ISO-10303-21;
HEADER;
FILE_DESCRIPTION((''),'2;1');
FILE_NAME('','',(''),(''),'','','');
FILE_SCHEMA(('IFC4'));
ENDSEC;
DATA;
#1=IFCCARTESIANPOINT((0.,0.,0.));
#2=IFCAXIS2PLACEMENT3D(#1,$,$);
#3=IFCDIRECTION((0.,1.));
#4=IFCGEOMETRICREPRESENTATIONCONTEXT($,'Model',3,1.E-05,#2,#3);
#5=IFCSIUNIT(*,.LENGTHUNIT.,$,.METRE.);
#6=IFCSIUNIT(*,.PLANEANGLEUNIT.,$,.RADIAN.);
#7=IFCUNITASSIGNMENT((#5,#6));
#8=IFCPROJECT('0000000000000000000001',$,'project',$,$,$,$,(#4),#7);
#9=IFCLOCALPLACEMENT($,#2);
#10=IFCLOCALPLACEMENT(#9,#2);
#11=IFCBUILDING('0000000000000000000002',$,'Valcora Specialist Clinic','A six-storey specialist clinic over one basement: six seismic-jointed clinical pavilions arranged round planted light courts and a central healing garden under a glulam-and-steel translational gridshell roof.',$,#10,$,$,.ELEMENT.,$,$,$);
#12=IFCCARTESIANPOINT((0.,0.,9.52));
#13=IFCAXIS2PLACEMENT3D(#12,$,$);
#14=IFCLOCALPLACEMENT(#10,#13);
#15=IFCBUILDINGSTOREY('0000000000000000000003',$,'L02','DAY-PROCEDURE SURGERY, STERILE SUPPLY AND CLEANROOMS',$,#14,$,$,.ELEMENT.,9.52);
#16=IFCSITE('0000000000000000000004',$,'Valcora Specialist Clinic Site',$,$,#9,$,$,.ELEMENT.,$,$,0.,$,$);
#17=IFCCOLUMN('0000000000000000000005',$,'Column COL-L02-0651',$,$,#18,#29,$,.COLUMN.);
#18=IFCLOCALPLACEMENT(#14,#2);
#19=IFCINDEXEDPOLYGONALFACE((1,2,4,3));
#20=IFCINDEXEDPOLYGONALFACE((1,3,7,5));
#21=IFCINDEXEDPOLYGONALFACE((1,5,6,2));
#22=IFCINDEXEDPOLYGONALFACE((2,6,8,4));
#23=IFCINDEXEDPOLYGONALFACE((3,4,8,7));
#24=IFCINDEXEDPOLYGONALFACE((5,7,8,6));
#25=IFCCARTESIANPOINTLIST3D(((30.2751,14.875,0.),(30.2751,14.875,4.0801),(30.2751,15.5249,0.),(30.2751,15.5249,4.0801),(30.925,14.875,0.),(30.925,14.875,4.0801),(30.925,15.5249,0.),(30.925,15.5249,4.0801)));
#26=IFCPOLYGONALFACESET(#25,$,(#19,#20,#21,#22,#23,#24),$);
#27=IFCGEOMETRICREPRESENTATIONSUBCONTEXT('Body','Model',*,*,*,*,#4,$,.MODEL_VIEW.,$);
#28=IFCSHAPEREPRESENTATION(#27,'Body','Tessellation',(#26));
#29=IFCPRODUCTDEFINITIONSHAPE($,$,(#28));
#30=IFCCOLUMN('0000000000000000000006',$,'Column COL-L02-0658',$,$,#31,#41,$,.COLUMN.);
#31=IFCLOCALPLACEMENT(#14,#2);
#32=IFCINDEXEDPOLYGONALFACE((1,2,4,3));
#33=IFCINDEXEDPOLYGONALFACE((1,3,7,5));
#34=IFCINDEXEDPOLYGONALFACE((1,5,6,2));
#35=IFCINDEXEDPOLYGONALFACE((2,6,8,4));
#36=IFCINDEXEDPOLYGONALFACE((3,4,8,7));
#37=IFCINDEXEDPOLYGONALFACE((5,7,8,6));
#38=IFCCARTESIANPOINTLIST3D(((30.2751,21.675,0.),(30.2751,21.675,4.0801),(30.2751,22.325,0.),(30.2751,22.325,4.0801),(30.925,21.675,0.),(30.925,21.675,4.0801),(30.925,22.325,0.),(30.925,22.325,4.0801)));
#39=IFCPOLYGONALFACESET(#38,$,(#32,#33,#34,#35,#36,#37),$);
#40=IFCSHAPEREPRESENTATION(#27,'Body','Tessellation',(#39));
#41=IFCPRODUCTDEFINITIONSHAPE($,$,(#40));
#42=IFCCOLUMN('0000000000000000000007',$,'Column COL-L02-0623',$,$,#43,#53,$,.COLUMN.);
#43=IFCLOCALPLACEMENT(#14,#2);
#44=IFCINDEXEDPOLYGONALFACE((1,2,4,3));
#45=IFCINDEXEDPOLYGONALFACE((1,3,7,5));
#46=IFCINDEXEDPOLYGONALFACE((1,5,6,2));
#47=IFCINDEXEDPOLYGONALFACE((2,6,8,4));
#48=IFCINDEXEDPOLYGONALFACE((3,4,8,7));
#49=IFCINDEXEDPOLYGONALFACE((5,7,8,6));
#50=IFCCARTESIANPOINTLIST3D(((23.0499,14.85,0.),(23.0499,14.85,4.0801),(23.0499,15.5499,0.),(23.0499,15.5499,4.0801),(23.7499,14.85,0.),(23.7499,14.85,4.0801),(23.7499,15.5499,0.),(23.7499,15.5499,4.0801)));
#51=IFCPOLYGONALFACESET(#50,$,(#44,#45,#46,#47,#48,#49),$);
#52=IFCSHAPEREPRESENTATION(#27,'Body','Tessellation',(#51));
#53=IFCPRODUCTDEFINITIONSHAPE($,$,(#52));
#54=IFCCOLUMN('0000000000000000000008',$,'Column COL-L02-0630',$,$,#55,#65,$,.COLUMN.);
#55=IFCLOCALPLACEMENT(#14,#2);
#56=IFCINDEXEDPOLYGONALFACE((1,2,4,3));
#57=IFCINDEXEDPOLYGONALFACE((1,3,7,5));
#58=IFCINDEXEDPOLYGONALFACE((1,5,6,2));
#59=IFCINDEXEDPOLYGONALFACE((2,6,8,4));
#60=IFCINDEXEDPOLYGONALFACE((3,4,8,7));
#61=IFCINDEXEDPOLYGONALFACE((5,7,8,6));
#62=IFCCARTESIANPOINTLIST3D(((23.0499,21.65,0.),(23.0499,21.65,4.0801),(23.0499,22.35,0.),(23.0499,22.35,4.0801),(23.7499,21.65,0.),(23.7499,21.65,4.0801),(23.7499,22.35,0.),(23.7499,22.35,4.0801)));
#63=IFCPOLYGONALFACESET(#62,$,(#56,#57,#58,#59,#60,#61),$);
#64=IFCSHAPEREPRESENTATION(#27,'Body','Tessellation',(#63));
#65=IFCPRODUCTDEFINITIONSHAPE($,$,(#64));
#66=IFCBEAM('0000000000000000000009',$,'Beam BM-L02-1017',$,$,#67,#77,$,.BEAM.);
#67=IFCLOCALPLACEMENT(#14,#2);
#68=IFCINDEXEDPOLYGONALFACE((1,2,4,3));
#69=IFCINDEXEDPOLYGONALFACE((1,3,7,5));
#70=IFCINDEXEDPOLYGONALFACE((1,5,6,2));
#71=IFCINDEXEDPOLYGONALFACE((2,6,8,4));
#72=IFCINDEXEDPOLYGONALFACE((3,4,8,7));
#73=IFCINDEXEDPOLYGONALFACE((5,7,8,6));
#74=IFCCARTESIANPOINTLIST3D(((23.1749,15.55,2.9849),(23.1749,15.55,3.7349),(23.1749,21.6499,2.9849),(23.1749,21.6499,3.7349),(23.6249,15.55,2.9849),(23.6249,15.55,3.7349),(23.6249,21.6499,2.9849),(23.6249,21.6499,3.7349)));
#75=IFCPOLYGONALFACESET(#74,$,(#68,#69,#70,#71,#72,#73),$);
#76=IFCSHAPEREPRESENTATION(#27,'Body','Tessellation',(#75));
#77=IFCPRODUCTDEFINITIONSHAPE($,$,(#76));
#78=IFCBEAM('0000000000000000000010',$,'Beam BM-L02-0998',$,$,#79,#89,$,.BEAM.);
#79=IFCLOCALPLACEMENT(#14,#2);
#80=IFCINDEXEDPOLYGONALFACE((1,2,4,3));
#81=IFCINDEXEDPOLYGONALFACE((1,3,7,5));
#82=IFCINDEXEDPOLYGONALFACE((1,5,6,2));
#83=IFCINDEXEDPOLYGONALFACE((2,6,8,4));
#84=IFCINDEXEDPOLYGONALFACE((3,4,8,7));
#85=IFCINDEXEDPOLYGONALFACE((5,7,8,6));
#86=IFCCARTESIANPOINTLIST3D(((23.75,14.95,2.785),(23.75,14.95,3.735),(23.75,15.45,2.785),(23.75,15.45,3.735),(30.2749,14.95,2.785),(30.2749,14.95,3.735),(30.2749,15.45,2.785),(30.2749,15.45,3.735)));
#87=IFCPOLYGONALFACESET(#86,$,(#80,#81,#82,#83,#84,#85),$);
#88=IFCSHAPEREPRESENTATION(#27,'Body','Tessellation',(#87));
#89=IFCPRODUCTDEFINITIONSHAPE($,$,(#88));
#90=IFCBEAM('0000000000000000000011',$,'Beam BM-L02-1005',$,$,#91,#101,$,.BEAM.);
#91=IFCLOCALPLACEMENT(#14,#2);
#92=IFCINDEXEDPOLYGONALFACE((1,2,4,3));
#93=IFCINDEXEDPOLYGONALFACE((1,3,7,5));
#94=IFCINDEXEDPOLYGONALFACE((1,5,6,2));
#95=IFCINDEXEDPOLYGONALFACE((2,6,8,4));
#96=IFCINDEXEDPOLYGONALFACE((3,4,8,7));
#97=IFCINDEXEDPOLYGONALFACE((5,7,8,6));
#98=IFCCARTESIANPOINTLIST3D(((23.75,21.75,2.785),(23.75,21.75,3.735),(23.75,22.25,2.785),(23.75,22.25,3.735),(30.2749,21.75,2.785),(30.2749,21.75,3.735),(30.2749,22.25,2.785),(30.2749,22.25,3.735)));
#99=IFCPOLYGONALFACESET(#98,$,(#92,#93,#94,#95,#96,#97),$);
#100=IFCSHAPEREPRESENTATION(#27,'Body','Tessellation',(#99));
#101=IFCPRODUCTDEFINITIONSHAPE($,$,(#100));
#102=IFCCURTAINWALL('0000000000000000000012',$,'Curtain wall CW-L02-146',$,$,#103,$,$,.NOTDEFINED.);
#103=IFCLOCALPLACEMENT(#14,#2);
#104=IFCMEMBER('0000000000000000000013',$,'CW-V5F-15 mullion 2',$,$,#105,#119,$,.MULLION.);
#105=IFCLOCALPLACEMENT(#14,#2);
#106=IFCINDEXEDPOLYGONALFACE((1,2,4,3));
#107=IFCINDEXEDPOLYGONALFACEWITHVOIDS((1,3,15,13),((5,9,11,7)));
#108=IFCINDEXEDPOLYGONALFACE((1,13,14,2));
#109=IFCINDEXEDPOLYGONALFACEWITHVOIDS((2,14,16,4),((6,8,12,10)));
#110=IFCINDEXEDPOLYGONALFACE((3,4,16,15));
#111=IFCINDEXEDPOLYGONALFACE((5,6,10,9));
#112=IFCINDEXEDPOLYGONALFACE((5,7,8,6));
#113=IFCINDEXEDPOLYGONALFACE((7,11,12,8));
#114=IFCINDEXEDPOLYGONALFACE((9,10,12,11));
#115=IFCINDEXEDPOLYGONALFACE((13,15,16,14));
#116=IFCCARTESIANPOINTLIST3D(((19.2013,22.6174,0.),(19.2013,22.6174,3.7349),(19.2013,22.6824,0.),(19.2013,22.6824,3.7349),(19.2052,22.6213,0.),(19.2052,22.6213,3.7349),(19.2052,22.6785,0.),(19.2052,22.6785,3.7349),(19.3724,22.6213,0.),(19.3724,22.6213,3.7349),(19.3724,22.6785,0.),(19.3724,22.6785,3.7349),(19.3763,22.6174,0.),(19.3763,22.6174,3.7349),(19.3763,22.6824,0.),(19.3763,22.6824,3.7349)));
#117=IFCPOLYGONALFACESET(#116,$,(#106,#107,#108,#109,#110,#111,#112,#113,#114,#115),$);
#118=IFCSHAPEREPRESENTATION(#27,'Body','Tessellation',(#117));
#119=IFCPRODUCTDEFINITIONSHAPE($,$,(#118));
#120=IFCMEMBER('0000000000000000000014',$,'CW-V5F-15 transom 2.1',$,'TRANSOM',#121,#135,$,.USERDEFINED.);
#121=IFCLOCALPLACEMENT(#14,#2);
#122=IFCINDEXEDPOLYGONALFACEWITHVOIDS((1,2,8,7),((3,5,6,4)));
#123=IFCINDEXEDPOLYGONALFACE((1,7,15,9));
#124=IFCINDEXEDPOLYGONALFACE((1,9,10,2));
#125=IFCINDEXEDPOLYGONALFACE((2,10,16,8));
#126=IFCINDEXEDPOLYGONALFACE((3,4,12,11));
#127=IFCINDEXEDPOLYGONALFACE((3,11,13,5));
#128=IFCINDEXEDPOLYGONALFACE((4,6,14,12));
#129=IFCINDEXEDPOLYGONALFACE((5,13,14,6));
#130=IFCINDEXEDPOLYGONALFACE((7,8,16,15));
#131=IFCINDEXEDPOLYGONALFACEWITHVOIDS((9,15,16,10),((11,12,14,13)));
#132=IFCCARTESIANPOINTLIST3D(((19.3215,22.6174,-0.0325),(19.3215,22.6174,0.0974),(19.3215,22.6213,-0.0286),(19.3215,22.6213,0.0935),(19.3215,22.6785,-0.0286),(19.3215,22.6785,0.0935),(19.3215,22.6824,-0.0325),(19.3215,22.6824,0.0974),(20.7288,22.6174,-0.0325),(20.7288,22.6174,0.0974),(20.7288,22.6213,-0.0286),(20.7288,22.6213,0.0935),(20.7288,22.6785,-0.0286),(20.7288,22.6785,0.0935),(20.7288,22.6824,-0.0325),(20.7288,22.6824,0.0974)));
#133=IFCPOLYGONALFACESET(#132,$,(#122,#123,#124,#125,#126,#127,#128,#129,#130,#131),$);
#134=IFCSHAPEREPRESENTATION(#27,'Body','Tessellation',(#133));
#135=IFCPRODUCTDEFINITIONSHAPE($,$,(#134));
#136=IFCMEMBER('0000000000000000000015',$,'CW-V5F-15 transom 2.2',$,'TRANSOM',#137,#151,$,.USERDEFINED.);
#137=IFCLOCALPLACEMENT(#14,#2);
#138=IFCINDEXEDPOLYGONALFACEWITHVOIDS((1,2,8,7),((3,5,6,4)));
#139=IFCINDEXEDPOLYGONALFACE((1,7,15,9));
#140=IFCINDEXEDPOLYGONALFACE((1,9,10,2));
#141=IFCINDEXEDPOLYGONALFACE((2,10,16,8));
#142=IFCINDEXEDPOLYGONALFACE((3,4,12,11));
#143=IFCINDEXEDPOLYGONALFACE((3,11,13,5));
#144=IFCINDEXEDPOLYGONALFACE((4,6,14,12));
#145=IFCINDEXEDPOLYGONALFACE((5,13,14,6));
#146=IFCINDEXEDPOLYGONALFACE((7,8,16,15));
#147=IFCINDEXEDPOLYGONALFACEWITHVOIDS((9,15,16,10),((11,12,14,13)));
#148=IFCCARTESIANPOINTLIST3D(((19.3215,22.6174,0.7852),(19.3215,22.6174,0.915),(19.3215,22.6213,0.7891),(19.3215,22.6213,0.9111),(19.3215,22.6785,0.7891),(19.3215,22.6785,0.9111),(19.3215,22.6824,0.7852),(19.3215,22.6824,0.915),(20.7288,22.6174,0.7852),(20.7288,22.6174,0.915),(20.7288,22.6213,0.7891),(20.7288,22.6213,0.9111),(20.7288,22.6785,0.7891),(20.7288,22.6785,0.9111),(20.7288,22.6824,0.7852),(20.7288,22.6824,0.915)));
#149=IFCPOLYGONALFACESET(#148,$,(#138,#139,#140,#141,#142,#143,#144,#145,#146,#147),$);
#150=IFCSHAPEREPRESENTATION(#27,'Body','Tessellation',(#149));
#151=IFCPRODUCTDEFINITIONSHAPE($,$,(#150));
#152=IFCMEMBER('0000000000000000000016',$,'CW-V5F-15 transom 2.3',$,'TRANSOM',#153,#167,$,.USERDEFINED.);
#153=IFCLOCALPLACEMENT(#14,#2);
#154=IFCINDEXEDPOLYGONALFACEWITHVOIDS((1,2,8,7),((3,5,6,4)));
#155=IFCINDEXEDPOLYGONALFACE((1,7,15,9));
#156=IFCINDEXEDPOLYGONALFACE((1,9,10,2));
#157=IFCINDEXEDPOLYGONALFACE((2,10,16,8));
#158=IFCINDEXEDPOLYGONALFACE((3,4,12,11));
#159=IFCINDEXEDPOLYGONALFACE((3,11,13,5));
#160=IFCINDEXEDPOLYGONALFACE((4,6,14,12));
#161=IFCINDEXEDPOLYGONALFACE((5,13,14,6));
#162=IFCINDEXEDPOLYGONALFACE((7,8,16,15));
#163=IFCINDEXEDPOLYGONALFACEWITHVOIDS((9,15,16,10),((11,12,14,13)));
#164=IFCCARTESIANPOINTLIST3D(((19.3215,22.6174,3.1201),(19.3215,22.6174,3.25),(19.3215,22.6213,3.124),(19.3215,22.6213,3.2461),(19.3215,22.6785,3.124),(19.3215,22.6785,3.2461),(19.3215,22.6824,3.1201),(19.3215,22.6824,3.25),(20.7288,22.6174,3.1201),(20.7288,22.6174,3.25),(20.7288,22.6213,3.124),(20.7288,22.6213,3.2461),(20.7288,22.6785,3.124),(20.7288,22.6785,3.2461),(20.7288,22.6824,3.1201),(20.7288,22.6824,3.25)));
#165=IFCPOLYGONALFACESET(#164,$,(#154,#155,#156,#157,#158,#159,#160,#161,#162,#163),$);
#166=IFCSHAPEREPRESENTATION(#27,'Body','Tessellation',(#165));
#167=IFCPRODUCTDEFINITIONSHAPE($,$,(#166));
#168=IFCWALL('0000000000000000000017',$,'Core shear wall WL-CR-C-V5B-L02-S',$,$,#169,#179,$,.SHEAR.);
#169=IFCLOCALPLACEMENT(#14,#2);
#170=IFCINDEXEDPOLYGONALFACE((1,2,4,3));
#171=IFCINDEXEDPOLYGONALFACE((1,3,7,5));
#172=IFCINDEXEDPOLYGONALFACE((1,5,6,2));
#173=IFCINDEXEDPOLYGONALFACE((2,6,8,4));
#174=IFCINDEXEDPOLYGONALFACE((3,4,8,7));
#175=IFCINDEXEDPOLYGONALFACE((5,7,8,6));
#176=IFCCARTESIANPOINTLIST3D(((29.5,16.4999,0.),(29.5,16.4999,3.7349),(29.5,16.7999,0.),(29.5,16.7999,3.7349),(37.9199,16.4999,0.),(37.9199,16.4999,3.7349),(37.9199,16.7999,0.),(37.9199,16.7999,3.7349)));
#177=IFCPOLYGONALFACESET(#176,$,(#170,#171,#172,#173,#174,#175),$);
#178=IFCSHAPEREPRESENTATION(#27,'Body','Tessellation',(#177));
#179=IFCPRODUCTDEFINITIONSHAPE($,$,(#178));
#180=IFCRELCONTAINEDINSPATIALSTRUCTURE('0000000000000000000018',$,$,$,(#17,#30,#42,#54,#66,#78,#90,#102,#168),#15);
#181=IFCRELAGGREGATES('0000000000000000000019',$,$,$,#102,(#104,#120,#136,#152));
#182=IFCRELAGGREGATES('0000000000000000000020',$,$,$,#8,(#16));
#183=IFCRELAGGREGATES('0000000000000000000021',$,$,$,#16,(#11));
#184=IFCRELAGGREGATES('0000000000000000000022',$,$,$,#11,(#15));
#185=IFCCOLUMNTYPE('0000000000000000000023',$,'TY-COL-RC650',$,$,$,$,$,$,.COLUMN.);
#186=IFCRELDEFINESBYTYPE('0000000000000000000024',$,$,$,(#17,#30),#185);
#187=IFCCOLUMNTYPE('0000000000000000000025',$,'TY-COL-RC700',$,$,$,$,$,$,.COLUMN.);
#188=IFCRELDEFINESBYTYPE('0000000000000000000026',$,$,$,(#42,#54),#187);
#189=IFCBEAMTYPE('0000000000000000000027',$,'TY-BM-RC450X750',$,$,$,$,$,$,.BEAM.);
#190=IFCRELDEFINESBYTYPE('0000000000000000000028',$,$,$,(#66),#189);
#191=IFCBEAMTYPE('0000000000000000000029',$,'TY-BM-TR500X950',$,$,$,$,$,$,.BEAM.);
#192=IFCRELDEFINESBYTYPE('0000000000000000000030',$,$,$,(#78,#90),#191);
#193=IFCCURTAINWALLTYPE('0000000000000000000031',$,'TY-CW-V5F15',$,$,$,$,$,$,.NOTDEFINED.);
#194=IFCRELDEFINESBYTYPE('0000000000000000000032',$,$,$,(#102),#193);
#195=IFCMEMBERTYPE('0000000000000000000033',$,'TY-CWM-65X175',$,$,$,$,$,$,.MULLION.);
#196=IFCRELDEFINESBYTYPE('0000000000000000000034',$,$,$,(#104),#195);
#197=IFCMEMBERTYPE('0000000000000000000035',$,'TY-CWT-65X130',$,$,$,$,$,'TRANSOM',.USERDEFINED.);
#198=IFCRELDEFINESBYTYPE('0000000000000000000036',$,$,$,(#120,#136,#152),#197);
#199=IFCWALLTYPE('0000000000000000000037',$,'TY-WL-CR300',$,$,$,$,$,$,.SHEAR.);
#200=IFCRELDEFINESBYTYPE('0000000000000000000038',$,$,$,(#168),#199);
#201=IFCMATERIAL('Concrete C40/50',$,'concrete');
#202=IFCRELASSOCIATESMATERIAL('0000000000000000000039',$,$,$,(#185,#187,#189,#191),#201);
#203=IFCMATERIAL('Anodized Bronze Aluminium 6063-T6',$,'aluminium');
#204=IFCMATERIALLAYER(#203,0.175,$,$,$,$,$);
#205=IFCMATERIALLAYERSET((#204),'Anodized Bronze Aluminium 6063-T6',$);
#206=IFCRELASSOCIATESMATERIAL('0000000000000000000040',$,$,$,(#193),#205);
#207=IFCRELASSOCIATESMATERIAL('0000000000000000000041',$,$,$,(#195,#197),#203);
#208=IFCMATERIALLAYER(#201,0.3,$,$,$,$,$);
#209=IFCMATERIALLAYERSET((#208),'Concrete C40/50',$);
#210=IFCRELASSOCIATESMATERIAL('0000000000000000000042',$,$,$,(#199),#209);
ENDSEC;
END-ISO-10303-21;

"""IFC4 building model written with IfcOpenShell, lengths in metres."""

from ifc_helpers import new_model, si_unit, direction, frame, frame_2d, origin, origin_2d, place, context, subcontext, project, spatial, rectangle, hollow_rectangle, extrude, material, layer, layer_set, material_profile, profile_set, type_object, element, aggregate, save


model = new_model("IFC4")

# Units and contexts
model_context = context("Model", 3, precision=1e-05, world=origin(), true_north=direction((0.0, 1.0)))
body_context = subcontext(model_context, "Body", "Model", "MODEL_VIEW")
ifc_project = project(units=[si_unit("LENGTHUNIT", "METRE"), si_unit("PLANEANGLEUNIT", "RADIAN")], contexts=[model_context])

# Site, building, storey
site_placement = place(None, origin())
site = spatial("IfcSite", under=ifc_project, at=site_placement, Name="Valcora Specialist Clinic Site", CompositionType="ELEMENT", RefElevation=0.0)
building_placement = place(site_placement, origin())
building = spatial("IfcBuilding", under=site, at=building_placement, Name="Valcora Specialist Clinic", Description="A six-storey specialist clinic over one basement: six seismic-jointed clinical pavilions arranged round planted light courts and a central healing garden under a glulam-and-steel translational gridshell roof.", CompositionType="ELEMENT")
storey_placement = place(building_placement, frame((0.0, 0.0, 9.52)))
storey = spatial("IfcBuildingStorey", under=building, at=storey_placement, Name="L02", Description="DAY-PROCEDURE SURGERY, STERILE SUPPLY AND CLEANROOMS", CompositionType="ELEMENT", Elevation=9.52)

# Columns
ifc_material_1 = material(Name="Concrete C40/50", Category="concrete")
ifc_material_profile_1 = material_profile(ifc_material_1, rectangle(XDim=0.6499, YDim=0.6499, at=origin_2d()), Name="RC-COL-650X650")
ifc_profile_set_1 = profile_set([ifc_material_profile_1], Name="Concrete C40/50")
column_type_1 = type_object("IfcColumnType", Name="TY-COL-RC650", PredefinedType="COLUMN", material=ifc_profile_set_1)
for number, where, z_axis, x_axis, name in (
    (1, (30.6001, 15.2, 0.0), (0.0, 0.0, 1.0), (1.0, 0.0, 0.0), "Column COL-L02-0651"),
    (2, (30.6001, 22.0, 0.0), (0.0, 0.0, 1.0), (1.0, 0.0, 0.0), "Column COL-L02-0658"),
):
    element("IfcColumn", number, at=place(storey_placement, frame(where, z_axis=z_axis, x_axis=x_axis)), inside=storey, type_object=column_type_1, Name=name, PredefinedType="COLUMN", context=body_context, shape_type="SweptSolid", body=[
        extrude(rectangle(XDim=0.6499, YDim=0.6499, at=origin_2d()), origin(), (0.0, 0.0, 1.0), 4.0801),
    ])
ifc_material_profile_2 = material_profile(ifc_material_1, rectangle(XDim=0.7, YDim=0.7, at=origin_2d()), Name="RC-COL-700X700")
ifc_profile_set_2 = profile_set([ifc_material_profile_2], Name="Concrete C40/50")
column_type_2 = type_object("IfcColumnType", Name="TY-COL-RC700", PredefinedType="COLUMN", material=ifc_profile_set_2)
for number, where, z_axis, x_axis, name in (
    (3, (23.3999, 15.2, 0.0), (0.0, 0.0, 1.0), (1.0, 0.0, 0.0), "Column COL-L02-0623"),
    (4, (23.3999, 22.0, 0.0), (0.0, 0.0, 1.0), (1.0, 0.0, 0.0), "Column COL-L02-0630"),
):
    element("IfcColumn", number, at=place(storey_placement, frame(where, z_axis=z_axis, x_axis=x_axis)), inside=storey, type_object=column_type_2, Name=name, PredefinedType="COLUMN", context=body_context, shape_type="SweptSolid", body=[
        extrude(rectangle(XDim=0.7, YDim=0.7, at=origin_2d()), origin(), (0.0, 0.0, 1.0), 4.0801),
    ])

# Beams
ifc_material_profile_3 = material_profile(ifc_material_1, rectangle(XDim=0.45, YDim=0.75, at=origin_2d()), Name="RC-BM-450X750")
ifc_profile_set_3 = profile_set([ifc_material_profile_3], Name="Concrete C40/50")
beam_type_1 = type_object("IfcBeamType", Name="TY-BM-RC450X750", PredefinedType="BEAM", material=ifc_profile_set_3)
beam_placement = place(storey_placement, frame((23.3999, 15.55, 3.3599), z_axis=(0.0, 1.0, 0.0), x_axis=(-1.0, 0.0, 0.0)))
element("IfcBeam", 5, at=beam_placement, inside=storey, type_object=beam_type_1, Name="Beam BM-L02-1017", PredefinedType="BEAM", context=body_context, shape_type="SweptSolid", body=[
    extrude(rectangle(XDim=0.45, YDim=0.75, at=origin_2d()), origin(), (0.0, 0.0, 1.0), 6.0999),
])
ifc_material_profile_4 = material_profile(ifc_material_1, rectangle(XDim=0.5, YDim=0.95, at=origin_2d()), Name="RC-BM-500X950")
ifc_profile_set_4 = profile_set([ifc_material_profile_4], Name="Concrete C40/50")
beam_type_2 = type_object("IfcBeamType", Name="TY-BM-TR500X950", PredefinedType="BEAM", material=ifc_profile_set_4)
for number, where, z_axis, x_axis, name in (
    (6, (23.75, 15.2, 3.26), (1.0, 0.0, 0.0), (0.0, 1.0, 0.0), "Beam BM-L02-0998"),
    (7, (23.75, 22.0, 3.26), (1.0, 0.0, 0.0), (0.0, 1.0, 0.0), "Beam BM-L02-1005"),
):
    element("IfcBeam", number, at=place(storey_placement, frame(where, z_axis=z_axis, x_axis=x_axis)), inside=storey, type_object=beam_type_2, Name=name, PredefinedType="BEAM", context=body_context, shape_type="SweptSolid", body=[
        extrude(rectangle(XDim=0.5, YDim=0.95, at=origin_2d()), origin(), (0.0, 0.0, 1.0), 6.5249),
    ])

# Curtain wall, members
ifc_material_2 = material(Name="Anodized Bronze Aluminium 6063-T6", Category="aluminium")
ifc_layer_1 = layer(ifc_material_2, 0.175)
ifc_layer_set_1 = layer_set([ifc_layer_1], Name="Anodized Bronze Aluminium 6063-T6")
curtain_wall_type = type_object("IfcCurtainWallType", Name="TY-CW-V5F15", PredefinedType="NOTDEFINED", material=ifc_layer_set_1)
curtain_wall_placement = place(storey_placement, origin())
curtain_wall = element("IfcCurtainWall", 8, at=curtain_wall_placement, inside=storey, type_object=curtain_wall_type, Name="Curtain wall CW-L02-146", PredefinedType="NOTDEFINED")
ifc_material_profile_5 = material_profile(ifc_material_2, hollow_rectangle(XDim=0.0649, YDim=0.175, WallThickness=0.0039, at=origin_2d()), Name="AL-MUL-65X175")
ifc_profile_set_5 = profile_set([ifc_material_profile_5], Name="Anodized Bronze Aluminium 6063-T6")
member_type_1 = type_object("IfcMemberType", Name="TY-CWM-65X175", PredefinedType="MULLION", material=ifc_profile_set_5)
member_1_placement = place(storey_placement, frame((19.2888, 22.6499, 0.0), z_axis=(0.0, 0.0, 1.0), x_axis=(0.0, 1.0, 0.0)))
member_1 = element("IfcMember", 9, at=member_1_placement, type_object=member_type_1, Name="CW-V5F-15 mullion 2", PredefinedType="MULLION", context=body_context, shape_type="SweptSolid", body=[
    extrude(hollow_rectangle(XDim=0.0649, YDim=0.175, WallThickness=0.0039, at=origin_2d()), origin(), (0.0, 0.0, 1.0), 3.7349),
])
ifc_material_profile_6 = material_profile(ifc_material_2, hollow_rectangle(XDim=0.0649, YDim=0.1299, WallThickness=0.0039, at=origin_2d()), Name="AL-TRN-65X130")
ifc_profile_set_6 = profile_set([ifc_material_profile_6], Name="Anodized Bronze Aluminium 6063-T6")
member_type_2 = type_object("IfcMemberType", Name="TY-CWT-65X130", ElementType="TRANSOM", PredefinedType="USERDEFINED", material=ifc_profile_set_6)
member_2_placement = place(storey_placement, frame((19.3215, 22.6499, 0.0325), z_axis=(1.0, 0.0, 0.0), x_axis=(0.0, 1.0, 0.0)))
member_2 = element("IfcMember", 10, at=member_2_placement, type_object=member_type_2, Name="CW-V5F-15 transom 2.1", ObjectType="TRANSOM", PredefinedType="USERDEFINED", context=body_context, shape_type="SweptSolid", body=[
    extrude(hollow_rectangle(XDim=0.0649, YDim=0.1299, WallThickness=0.0039, at=origin_2d()), origin(), (0.0, 0.0, 1.0), 1.4072),
])
member_3_placement = place(storey_placement, frame((19.3215, 22.6499, 0.8501), z_axis=(1.0, 0.0, 0.0), x_axis=(0.0, 1.0, 0.0)))
member_3 = element("IfcMember", 11, at=member_3_placement, type_object=member_type_2, Name="CW-V5F-15 transom 2.2", ObjectType="TRANSOM", PredefinedType="USERDEFINED", context=body_context, shape_type="SweptSolid", body=[
    extrude(hollow_rectangle(XDim=0.0649, YDim=0.1299, WallThickness=0.0039, at=origin_2d()), origin(), (0.0, 0.0, 1.0), 1.4072),
])
member_4_placement = place(storey_placement, frame((19.3215, 22.6499, 3.1851), z_axis=(1.0, 0.0, 0.0), x_axis=(0.0, 1.0, 0.0)))
member_4 = element("IfcMember", 12, at=member_4_placement, type_object=member_type_2, Name="CW-V5F-15 transom 2.3", ObjectType="TRANSOM", PredefinedType="USERDEFINED", context=body_context, shape_type="SweptSolid", body=[
    extrude(hollow_rectangle(XDim=0.0649, YDim=0.1299, WallThickness=0.0039, at=origin_2d()), origin(), (0.0, 0.0, 1.0), 1.4072),
])
aggregate(curtain_wall, [member_1, member_2, member_3, member_4])

# Wall
ifc_layer_2 = layer(ifc_material_1, 0.3)
ifc_layer_set_2 = layer_set([ifc_layer_2], Name="Concrete C40/50")
wall_type_1 = type_object("IfcWallType", Name="TY-WL-CR300", PredefinedType="SHEAR", material=ifc_layer_set_2)
wall_1_placement = place(storey_placement, frame((29.5, 16.6499, 0.0), z_axis=(0.0, 0.0, 1.0), x_axis=(1.0, 0.0, 0.0)))
element("IfcWall", 13, at=wall_1_placement, inside=storey, type_object=wall_type_1, Name="Core shear wall WL-CR-C-V5B-L02-S", PredefinedType="SHEAR", context=body_context, shape_type="SweptSolid", body=[
    extrude(rectangle(XDim=8.4199, YDim=0.3, at=frame_2d((4.21, 0.0))), origin(), (0.0, 0.0, 1.0), 3.7349),
])

save(model, "model.ifc")
